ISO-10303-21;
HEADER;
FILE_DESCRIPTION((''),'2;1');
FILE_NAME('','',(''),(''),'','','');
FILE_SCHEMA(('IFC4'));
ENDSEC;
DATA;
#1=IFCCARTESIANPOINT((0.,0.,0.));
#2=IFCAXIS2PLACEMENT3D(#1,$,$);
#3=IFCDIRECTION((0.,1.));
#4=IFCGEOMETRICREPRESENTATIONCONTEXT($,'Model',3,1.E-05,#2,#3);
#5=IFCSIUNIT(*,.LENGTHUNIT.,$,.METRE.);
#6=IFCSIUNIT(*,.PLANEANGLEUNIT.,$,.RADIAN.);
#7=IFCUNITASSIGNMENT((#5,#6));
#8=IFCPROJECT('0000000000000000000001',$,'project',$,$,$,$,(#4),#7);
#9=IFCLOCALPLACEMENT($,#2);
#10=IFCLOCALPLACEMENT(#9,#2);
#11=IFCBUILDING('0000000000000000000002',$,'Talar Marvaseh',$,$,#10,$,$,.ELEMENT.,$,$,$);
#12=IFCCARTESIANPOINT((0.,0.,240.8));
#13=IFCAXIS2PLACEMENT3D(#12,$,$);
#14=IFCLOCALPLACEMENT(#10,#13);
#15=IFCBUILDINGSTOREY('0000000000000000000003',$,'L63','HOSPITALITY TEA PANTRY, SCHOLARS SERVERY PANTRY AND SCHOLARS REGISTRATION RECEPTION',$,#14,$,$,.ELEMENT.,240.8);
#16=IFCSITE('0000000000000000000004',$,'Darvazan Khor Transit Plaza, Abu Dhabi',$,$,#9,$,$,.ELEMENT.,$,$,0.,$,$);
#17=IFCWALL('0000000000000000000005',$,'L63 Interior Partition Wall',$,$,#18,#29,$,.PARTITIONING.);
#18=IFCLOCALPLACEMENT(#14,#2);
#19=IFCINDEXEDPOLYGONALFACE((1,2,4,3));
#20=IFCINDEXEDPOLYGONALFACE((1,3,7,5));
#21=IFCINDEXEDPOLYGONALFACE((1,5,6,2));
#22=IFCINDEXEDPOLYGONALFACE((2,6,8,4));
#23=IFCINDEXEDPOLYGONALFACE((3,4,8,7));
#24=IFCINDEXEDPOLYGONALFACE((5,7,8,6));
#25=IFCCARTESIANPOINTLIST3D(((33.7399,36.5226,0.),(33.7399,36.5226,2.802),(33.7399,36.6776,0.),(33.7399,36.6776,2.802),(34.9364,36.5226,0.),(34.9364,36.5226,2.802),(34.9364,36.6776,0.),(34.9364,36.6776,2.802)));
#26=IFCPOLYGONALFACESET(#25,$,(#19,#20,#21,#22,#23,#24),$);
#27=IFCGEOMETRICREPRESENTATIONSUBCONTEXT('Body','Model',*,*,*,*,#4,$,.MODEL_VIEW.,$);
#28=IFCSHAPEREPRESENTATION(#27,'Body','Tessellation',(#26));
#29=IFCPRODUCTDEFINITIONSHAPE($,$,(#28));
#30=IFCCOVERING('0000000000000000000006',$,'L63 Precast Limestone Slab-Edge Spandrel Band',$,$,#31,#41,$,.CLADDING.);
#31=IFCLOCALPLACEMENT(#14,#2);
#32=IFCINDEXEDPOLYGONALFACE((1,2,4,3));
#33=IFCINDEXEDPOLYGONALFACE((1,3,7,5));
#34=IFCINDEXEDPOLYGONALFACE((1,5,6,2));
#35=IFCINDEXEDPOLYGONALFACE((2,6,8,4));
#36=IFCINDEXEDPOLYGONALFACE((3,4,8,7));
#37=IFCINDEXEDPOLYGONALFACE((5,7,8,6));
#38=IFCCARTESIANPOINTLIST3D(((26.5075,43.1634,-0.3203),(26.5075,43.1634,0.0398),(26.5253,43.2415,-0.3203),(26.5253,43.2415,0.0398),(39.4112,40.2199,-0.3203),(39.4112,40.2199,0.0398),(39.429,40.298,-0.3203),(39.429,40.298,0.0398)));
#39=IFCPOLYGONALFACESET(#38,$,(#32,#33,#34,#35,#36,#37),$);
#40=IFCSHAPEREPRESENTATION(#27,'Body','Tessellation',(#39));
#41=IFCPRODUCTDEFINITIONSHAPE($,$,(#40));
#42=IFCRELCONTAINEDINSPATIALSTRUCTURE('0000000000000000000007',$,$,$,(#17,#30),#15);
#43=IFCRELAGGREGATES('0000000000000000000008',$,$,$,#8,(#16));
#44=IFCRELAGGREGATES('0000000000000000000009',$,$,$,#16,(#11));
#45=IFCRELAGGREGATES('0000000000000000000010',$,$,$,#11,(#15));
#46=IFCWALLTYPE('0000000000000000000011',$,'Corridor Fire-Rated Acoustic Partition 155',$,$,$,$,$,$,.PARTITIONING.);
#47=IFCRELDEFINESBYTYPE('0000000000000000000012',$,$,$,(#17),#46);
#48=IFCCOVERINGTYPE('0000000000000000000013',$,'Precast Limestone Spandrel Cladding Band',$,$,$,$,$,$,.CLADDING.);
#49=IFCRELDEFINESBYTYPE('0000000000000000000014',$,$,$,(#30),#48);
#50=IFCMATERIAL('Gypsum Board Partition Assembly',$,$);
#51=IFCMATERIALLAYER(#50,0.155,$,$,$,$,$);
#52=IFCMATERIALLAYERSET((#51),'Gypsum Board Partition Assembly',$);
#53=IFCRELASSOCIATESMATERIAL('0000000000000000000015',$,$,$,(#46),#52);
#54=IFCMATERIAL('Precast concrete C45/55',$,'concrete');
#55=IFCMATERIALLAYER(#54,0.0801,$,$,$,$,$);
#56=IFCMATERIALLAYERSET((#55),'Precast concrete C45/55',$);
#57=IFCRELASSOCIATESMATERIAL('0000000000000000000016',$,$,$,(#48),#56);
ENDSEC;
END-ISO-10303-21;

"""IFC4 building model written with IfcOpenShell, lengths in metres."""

from ifc_helpers import new_model, si_unit, direction, frame, frame_2d, origin, origin_2d, place, context, subcontext, project, spatial, rectangle, extrude, source, transform, mapped, material, layer, layer_set, type_object, type_shapes, element, save


model = new_model("IFC4")

# Units and contexts
model_context = context("Model", 3, precision=1e-05, world=origin(), true_north=direction((0.0, 1.0)))
body_context = subcontext(model_context, "Body", "Model", "MODEL_VIEW")
ifc_project = project(units=[si_unit("LENGTHUNIT", "METRE"), si_unit("PLANEANGLEUNIT", "RADIAN")], contexts=[model_context])

# Site, building, storey
site_placement = place(None, origin())
site = spatial("IfcSite", under=ifc_project, at=site_placement, Name="Darvazan Khor Transit Plaza, Abu Dhabi", CompositionType="ELEMENT", RefElevation=0.0)
building_placement = place(site_placement, origin())
building = spatial("IfcBuilding", under=site, at=building_placement, Name="Talar Marvaseh", CompositionType="ELEMENT")
storey_placement = place(building_placement, frame((0.0, 0.0, 240.8)))
storey = spatial("IfcBuildingStorey", under=building, at=storey_placement, Name="L63", Description="HOSPITALITY TEA PANTRY, SCHOLARS SERVERY PANTRY AND SCHOLARS REGISTRATION RECEPTION", CompositionType="ELEMENT", Elevation=240.8)

# Shared definitions
ifc_material_1 = material(Name="Precast concrete C45/55", Category="concrete")

# Shared definitions
ifc_material_2 = material(Name="Gypsum Board Partition Assembly")
ifc_layer_1 = layer(ifc_material_2, 0.155)
ifc_layer_set_1 = layer_set([ifc_layer_1], Name="Gypsum Board Partition Assembly")
wall_type_1 = type_object("IfcWallType", Name="Corridor Fire-Rated Acoustic Partition 155", PredefinedType="PARTITIONING", material=ifc_layer_set_1)

# Wall
wall_1_placement = place(storey_placement, frame((33.74, 36.6001, 0.0), z_axis=(0.0, 0.0, 1.0), x_axis=(1.0, 0.0, 0.0)))
element("IfcWall", 1, at=wall_1_placement, inside=storey, type_object=wall_type_1, Name="L63 Interior Partition Wall", PredefinedType="PARTITIONING", context=body_context, shape_type="SweptSolid", body=[
    extrude(rectangle(XDim=1.1965, YDim=0.155, at=frame_2d((0.5981, 0.0))), origin(), (0.0, 0.0, 1.0), 2.802),
])

# Covering
ifc_layer_2 = layer(ifc_material_1, 0.0801)
ifc_layer_set_2 = layer_set([ifc_layer_2], Name="Precast concrete C45/55")
covering_type = type_object("IfcCoveringType", Name="Precast Limestone Spandrel Cladding Band", PredefinedType="CLADDING", material=ifc_layer_set_2)
shared_shape_1 = source(origin(), body_context, "Body", "SweptSolid", [
    extrude(rectangle(XDim=13.2351, YDim=0.0801, at=origin_2d()), origin(), (0.0, 0.0, 1.0), 0.3601),
])
type_shapes(covering_type, [shared_shape_1])
covering_placement = place(storey_placement, frame((32.9683, 41.7307, -0.3203), z_axis=(0.0, 0.0, 1.0), x_axis=(0.974956, -0.222399, 0.0)))
element("IfcCovering", 2, at=covering_placement, inside=storey, type_object=covering_type, Name="L63 Precast Limestone Slab-Edge Spandrel Band", PredefinedType="CLADDING", context=body_context, shape_type="MappedRepresentation", body=[
    mapped(shared_shape_1, transform((0.0, 0.0, 0.0), x_axis=(1.0, 0.0, 0.0), y_axis=(0.0, 1.0, 0.0), z_axis=(0.0, 0.0, 1.0), scale=1.0)),
])

save(model, "model.ifc")
